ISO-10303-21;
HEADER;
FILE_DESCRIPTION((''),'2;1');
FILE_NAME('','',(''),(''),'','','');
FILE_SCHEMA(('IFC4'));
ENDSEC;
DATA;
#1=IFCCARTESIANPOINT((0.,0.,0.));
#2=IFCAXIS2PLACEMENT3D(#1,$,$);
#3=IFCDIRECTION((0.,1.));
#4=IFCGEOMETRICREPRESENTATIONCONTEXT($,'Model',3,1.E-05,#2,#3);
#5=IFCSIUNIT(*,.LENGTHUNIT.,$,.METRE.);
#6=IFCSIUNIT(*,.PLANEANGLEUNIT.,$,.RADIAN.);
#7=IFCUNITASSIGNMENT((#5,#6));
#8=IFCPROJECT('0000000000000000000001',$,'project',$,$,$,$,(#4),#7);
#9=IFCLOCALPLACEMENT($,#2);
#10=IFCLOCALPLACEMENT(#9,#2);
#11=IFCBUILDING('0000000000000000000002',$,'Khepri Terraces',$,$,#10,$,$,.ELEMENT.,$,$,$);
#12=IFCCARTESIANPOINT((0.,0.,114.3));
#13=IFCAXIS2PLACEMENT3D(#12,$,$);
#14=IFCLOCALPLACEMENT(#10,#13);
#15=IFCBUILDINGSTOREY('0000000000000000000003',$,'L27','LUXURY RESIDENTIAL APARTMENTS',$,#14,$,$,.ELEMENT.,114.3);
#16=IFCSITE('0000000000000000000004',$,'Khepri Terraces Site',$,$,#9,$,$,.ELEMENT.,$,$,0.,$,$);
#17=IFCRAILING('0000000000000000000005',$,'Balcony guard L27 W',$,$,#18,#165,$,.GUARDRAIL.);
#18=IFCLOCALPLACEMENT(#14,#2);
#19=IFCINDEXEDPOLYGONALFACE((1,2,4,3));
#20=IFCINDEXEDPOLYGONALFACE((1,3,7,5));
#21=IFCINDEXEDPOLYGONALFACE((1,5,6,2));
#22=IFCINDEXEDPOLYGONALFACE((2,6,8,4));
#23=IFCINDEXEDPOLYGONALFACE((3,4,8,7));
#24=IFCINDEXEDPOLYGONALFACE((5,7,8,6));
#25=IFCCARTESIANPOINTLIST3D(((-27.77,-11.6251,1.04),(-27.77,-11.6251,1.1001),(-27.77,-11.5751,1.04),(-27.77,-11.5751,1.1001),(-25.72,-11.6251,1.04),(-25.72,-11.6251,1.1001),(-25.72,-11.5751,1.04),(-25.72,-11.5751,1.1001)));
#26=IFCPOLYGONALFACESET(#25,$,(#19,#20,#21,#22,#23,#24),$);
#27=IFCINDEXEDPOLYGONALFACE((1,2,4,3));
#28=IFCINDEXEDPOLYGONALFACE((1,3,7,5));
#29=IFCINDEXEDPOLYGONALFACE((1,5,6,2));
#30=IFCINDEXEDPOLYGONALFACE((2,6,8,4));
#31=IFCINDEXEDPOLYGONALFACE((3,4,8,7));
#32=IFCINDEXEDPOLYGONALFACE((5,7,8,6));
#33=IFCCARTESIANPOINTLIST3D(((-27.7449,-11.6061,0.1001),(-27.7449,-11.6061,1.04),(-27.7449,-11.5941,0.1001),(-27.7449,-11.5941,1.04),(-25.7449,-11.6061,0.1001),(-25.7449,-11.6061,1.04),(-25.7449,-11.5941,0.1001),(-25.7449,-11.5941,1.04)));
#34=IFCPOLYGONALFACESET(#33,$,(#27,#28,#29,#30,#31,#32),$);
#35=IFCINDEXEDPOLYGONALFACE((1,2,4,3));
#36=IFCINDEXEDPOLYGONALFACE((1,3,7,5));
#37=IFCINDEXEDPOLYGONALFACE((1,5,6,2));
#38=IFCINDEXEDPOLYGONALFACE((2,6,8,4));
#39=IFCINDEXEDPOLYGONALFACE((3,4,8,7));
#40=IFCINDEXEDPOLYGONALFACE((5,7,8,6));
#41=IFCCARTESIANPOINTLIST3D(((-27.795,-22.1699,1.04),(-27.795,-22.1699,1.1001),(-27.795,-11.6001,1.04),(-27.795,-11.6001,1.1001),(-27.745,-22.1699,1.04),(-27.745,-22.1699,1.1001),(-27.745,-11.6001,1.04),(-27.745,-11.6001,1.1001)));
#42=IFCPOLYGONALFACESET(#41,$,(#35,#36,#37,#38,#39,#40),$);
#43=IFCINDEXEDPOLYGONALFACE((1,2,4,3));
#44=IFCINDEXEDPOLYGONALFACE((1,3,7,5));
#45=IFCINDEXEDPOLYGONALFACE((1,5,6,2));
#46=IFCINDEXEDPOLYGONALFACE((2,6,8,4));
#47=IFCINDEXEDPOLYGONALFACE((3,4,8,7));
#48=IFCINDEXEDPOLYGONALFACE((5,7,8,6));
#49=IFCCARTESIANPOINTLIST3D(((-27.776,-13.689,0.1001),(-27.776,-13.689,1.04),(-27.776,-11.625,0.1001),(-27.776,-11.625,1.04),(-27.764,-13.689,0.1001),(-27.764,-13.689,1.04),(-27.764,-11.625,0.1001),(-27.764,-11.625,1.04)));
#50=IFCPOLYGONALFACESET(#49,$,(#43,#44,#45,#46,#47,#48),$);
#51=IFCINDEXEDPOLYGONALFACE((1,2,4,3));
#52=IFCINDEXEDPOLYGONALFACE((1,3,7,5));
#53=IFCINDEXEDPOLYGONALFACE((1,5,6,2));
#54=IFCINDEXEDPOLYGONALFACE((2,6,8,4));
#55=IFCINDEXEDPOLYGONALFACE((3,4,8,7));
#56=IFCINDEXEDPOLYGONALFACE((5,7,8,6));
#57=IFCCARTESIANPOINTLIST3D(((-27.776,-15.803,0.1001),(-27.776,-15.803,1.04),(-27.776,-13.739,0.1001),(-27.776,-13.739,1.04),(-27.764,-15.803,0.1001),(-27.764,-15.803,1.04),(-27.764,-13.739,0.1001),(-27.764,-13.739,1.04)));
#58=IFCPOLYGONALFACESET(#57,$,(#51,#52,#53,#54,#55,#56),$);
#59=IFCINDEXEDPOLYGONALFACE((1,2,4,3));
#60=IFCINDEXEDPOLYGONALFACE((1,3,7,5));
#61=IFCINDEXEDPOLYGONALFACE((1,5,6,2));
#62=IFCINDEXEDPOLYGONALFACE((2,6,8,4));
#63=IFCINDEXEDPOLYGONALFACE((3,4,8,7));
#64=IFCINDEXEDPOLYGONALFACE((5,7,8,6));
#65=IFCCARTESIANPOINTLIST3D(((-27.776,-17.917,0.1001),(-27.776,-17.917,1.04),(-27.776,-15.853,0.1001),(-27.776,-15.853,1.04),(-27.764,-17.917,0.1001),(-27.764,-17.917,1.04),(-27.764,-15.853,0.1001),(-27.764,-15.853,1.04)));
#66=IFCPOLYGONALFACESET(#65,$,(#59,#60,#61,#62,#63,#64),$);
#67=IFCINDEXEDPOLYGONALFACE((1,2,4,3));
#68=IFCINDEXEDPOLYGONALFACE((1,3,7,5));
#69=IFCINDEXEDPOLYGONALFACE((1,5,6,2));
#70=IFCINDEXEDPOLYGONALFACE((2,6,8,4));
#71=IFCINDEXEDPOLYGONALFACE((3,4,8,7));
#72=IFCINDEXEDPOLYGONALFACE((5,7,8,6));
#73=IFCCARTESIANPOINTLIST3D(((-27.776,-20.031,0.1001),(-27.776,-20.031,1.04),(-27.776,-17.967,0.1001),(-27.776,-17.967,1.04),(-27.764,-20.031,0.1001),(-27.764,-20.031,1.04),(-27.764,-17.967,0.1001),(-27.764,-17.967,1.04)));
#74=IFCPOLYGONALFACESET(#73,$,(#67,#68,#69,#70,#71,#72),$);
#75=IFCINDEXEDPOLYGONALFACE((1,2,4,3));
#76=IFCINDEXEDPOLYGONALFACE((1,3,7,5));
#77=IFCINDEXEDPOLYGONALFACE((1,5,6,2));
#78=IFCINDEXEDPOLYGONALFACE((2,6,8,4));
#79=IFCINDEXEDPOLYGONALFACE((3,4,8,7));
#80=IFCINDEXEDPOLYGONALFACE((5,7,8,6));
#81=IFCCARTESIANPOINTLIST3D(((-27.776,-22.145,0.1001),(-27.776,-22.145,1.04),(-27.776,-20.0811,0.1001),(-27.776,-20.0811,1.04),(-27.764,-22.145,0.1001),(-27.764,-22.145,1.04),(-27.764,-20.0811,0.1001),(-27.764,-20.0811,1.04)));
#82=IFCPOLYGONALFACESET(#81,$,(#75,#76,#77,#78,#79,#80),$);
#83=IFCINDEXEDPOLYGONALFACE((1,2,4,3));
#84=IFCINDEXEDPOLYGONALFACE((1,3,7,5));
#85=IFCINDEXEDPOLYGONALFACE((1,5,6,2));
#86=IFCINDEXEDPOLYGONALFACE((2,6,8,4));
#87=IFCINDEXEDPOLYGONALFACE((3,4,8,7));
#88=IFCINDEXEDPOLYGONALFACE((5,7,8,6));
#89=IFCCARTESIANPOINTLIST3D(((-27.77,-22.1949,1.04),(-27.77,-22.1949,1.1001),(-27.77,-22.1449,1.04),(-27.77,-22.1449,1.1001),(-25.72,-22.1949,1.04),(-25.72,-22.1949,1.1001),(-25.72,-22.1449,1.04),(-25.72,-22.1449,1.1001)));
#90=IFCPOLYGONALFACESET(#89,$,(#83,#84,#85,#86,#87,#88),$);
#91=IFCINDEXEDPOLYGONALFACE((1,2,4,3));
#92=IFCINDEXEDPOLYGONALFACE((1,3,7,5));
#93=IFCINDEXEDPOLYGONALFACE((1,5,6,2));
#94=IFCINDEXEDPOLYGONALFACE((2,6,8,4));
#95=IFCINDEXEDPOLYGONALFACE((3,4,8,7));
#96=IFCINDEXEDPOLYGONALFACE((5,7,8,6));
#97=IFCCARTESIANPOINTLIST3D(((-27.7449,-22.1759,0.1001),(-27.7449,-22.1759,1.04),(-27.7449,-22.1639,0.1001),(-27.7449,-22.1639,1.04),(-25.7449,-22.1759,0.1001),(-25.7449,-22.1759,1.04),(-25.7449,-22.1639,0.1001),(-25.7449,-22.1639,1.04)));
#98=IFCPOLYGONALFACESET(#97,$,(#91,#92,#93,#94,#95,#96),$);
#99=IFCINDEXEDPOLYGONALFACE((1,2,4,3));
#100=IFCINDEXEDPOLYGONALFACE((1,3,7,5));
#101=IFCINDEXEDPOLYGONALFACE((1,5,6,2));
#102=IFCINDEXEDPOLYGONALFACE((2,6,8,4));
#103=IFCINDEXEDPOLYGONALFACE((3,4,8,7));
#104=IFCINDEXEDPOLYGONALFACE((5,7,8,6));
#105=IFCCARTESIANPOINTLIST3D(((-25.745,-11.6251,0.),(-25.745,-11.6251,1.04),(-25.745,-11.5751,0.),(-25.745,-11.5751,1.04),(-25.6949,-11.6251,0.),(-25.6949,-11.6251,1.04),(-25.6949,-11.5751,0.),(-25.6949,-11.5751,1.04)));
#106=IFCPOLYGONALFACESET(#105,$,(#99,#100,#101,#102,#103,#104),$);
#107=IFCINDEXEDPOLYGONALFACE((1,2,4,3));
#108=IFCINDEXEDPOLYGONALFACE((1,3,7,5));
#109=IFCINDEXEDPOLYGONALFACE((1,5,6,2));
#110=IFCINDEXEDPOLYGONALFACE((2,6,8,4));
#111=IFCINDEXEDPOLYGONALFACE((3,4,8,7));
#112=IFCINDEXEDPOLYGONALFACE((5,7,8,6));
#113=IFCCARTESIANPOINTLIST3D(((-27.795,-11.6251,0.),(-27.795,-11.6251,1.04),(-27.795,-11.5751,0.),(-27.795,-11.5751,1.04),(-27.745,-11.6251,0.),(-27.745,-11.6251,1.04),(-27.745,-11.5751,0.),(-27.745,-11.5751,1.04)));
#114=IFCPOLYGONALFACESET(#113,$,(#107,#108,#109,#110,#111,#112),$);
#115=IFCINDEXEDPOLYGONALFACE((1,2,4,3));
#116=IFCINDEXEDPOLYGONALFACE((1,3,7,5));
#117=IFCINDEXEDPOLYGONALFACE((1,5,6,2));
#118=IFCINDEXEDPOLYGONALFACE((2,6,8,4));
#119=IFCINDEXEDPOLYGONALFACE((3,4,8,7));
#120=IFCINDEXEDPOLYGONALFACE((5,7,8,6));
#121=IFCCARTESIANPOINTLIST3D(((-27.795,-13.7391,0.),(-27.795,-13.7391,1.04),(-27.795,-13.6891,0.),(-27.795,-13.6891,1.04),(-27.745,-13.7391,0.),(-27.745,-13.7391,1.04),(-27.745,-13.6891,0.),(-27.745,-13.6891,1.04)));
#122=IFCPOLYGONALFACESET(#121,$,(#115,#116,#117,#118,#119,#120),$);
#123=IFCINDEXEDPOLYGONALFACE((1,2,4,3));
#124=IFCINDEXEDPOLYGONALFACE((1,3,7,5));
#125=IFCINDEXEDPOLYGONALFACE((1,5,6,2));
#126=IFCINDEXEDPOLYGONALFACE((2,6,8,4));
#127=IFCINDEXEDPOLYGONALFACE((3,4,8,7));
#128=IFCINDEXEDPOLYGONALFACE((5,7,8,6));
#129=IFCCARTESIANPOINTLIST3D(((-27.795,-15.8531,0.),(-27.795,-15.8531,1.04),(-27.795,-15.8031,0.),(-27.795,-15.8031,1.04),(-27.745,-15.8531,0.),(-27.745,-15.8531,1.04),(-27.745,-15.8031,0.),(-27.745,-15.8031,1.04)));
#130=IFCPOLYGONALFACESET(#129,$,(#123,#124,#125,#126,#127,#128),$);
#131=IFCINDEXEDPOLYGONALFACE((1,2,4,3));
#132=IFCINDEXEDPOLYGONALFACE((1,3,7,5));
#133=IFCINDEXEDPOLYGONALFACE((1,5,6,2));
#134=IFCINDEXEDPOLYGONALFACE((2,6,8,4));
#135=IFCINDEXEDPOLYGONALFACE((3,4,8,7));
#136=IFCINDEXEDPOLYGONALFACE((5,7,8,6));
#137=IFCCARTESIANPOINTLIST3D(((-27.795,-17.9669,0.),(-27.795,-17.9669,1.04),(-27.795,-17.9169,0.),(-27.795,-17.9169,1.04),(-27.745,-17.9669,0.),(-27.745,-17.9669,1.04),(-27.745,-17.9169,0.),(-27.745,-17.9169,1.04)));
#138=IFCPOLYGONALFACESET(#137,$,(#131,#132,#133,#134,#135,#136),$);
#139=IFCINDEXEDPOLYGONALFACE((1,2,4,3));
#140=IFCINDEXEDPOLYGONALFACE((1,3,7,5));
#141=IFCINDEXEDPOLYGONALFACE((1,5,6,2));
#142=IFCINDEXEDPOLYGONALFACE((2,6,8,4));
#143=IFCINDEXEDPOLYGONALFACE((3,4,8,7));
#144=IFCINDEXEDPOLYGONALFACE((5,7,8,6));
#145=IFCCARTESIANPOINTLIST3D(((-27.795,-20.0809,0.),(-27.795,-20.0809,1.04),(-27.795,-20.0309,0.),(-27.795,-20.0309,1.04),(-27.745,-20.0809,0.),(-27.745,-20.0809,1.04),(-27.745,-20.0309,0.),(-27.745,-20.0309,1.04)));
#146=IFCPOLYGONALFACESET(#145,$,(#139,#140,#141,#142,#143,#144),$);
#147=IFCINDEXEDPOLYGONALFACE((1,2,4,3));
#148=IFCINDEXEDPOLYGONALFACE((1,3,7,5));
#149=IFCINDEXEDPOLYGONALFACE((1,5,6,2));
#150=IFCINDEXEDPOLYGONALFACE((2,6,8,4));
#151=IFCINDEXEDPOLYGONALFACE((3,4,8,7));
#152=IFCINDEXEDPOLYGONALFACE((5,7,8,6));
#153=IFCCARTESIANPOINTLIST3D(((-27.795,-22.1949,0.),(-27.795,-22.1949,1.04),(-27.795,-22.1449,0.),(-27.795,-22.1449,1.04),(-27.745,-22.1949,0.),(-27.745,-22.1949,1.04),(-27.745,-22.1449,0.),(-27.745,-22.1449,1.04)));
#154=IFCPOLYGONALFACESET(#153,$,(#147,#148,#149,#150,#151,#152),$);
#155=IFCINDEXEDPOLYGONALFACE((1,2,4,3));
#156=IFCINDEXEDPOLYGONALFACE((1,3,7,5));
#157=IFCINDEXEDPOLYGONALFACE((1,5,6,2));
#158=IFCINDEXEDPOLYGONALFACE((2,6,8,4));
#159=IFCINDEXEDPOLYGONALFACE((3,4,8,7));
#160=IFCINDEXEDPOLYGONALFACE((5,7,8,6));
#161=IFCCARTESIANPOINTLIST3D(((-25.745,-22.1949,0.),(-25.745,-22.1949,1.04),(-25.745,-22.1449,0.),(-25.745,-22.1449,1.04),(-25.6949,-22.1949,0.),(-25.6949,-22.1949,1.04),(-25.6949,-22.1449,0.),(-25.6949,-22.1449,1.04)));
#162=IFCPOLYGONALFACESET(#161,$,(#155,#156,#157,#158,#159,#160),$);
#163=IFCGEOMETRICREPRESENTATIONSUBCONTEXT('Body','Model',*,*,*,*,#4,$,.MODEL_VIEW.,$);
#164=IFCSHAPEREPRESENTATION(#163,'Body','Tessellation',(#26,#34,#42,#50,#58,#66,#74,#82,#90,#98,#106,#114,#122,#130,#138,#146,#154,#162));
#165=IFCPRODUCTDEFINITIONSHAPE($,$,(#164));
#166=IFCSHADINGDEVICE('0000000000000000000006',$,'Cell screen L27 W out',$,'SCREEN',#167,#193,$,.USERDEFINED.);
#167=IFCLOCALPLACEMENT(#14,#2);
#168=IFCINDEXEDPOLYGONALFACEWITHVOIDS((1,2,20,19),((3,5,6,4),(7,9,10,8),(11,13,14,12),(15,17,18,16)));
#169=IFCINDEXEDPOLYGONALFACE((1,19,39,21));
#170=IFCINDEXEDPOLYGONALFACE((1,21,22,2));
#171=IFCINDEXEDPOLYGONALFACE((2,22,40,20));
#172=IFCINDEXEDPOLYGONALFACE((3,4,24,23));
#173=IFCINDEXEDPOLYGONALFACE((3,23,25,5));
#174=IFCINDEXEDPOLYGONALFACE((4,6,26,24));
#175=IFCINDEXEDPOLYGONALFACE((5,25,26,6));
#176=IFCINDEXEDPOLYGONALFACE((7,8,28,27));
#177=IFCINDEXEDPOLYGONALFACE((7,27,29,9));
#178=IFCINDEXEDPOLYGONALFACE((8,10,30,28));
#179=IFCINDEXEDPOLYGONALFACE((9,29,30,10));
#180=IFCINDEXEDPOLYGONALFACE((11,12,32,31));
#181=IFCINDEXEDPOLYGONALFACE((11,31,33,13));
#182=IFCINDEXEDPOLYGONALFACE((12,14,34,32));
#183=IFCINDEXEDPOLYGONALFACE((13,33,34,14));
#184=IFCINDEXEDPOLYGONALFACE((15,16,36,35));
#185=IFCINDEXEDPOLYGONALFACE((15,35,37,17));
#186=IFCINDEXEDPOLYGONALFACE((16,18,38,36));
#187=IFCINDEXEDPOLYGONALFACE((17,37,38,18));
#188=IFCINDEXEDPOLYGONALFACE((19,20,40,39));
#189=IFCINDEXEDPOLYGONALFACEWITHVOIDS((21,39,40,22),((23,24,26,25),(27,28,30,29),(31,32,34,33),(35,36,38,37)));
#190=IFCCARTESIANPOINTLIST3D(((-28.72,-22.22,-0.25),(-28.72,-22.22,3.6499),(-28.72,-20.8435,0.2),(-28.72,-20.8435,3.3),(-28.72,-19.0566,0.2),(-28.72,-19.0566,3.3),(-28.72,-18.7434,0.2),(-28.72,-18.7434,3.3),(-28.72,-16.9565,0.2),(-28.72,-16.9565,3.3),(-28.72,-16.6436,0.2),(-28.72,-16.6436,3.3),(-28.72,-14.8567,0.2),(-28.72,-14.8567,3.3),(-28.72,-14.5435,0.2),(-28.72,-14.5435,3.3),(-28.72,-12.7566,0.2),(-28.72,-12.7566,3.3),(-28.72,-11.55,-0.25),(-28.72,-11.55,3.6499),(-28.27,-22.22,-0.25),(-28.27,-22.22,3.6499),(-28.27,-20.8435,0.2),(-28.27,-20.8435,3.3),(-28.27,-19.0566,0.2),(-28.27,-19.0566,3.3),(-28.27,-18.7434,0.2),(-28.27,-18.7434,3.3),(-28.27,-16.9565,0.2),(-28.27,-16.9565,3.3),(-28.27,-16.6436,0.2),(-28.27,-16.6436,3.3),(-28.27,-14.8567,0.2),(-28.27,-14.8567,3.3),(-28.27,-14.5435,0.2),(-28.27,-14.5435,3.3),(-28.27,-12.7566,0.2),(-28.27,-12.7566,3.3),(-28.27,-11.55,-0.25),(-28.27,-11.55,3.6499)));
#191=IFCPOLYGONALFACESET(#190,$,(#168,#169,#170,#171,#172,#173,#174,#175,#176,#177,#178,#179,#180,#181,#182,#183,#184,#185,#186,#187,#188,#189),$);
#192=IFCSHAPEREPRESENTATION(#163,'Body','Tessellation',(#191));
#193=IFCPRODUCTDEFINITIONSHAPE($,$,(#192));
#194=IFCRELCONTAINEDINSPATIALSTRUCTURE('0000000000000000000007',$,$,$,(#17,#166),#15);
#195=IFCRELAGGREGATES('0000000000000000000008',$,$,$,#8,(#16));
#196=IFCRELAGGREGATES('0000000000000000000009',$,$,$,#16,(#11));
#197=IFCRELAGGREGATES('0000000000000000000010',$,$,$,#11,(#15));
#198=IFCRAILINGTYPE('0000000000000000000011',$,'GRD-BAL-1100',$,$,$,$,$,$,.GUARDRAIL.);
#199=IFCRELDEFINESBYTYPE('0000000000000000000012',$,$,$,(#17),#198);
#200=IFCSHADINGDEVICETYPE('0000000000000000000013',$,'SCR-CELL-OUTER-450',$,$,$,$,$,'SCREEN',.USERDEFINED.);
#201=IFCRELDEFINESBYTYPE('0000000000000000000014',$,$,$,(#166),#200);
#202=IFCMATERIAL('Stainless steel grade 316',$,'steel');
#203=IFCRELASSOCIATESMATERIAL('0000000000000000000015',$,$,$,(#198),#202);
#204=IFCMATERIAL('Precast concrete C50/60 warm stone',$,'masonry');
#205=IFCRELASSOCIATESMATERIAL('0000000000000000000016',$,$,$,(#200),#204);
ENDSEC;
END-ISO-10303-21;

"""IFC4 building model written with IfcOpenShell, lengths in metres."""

from ifc_helpers import new_model, si_unit, direction, frame, origin, origin_2d, place, context, subcontext, project, spatial, polyline, rectangle, outline, extrude, material, type_object, element, save


model = new_model("IFC4")

# Units and contexts
model_context = context("Model", 3, precision=1e-05, world=origin(), true_north=direction((0.0, 1.0)))
body_context = subcontext(model_context, "Body", "Model", "MODEL_VIEW")
ifc_project = project(units=[si_unit("LENGTHUNIT", "METRE"), si_unit("PLANEANGLEUNIT", "RADIAN")], contexts=[model_context])

# Site, building, storey
site_placement = place(None, origin())
site = spatial("IfcSite", under=ifc_project, at=site_placement, Name="Khepri Terraces Site", CompositionType="ELEMENT", RefElevation=0.0)
building_placement = place(site_placement, origin())
building = spatial("IfcBuilding", under=site, at=building_placement, Name="Khepri Terraces", CompositionType="ELEMENT")
storey_placement = place(building_placement, frame((0.0, 0.0, 114.3)))
storey = spatial("IfcBuildingStorey", under=building, at=storey_placement, Name="L27", Description="LUXURY RESIDENTIAL APARTMENTS", CompositionType="ELEMENT", Elevation=114.3)

# Shared definitions
ifc_material_1 = material(Name="Precast concrete C50/60 warm stone", Category="masonry")

# Railing
ifc_material_2 = material(Name="Stainless steel grade 316", Category="steel")
railing_type = type_object("IfcRailingType", Name="GRD-BAL-1100", PredefinedType="GUARDRAIL", material=ifc_material_2)
railing_placement = place(storey_placement, frame((-25.72, -11.6001, 0.0)))
element("IfcRailing", 1, at=railing_placement, inside=storey, type_object=railing_type, Name="Balcony guard L27 W", PredefinedType="GUARDRAIL", context=body_context, shape_type="SweptSolid", body=[
    extrude(rectangle(XDim=0.05, YDim=0.0601, at=origin_2d()), frame((0.0, 0.0, 1.0701), z_axis=(-1.0, 0.0, 0.0), x_axis=(0.0, -1.0, 0.0)), (0.0, 0.0, 1.0), 2.05),
    extrude(rectangle(XDim=2.0, YDim=0.012, at=origin_2d()), frame((-1.0249, 0.0, 0.1001), z_axis=(0.0, 0.0, 1.0), x_axis=(-1.0, 0.0, 0.0)), (0.0, 0.0, 1.0), 0.9399),
    extrude(rectangle(XDim=0.05, YDim=0.0601, at=origin_2d()), frame((-2.05, 0.0, 1.0701), z_axis=(0.0, -1.0, 0.0), x_axis=(1.0, 0.0, 0.0)), (0.0, 0.0, 1.0), 10.5698),
    extrude(rectangle(XDim=2.064, YDim=0.012, at=origin_2d()), frame((-2.05, -1.0569, 0.1001), z_axis=(0.0, 0.0, 1.0), x_axis=(0.0, -1.0, 0.0)), (0.0, 0.0, 1.0), 0.9399),
    extrude(rectangle(XDim=2.064, YDim=0.012, at=origin_2d()), frame((-2.05, -3.1709, 0.1001), z_axis=(0.0, 0.0, 1.0), x_axis=(0.0, -1.0, 0.0)), (0.0, 0.0, 1.0), 0.9399),
    extrude(rectangle(XDim=2.064, YDim=0.012, at=origin_2d()), frame((-2.05, -5.2849, 0.1001), z_axis=(0.0, 0.0, 1.0), x_axis=(0.0, -1.0, 0.0)), (0.0, 0.0, 1.0), 0.9399),
    extrude(rectangle(XDim=2.064, YDim=0.012, at=origin_2d()), frame((-2.05, -7.3989, 0.1001), z_axis=(0.0, 0.0, 1.0), x_axis=(0.0, -1.0, 0.0)), (0.0, 0.0, 1.0), 0.9399),
    extrude(rectangle(XDim=2.064, YDim=0.012, at=origin_2d()), frame((-2.05, -9.5129, 0.1001), z_axis=(0.0, 0.0, 1.0), x_axis=(0.0, -1.0, 0.0)), (0.0, 0.0, 1.0), 0.9399),
    extrude(rectangle(XDim=0.05, YDim=0.0601, at=origin_2d()), frame((-2.05, -10.5698, 1.0701), z_axis=(1.0, 0.0, 0.0), x_axis=(0.0, 1.0, 0.0)), (0.0, 0.0, 1.0), 2.05),
    extrude(rectangle(XDim=2.0, YDim=0.012, at=origin_2d()), frame((-1.0249, -10.5698, 0.1001), z_axis=(0.0, 0.0, 1.0), x_axis=(1.0, 0.0, 0.0)), (0.0, 0.0, 1.0), 0.9399),
    extrude(rectangle(XDim=0.05, YDim=0.05, at=origin_2d()), origin(), (0.0, 0.0, 1.0), 1.04),
    extrude(rectangle(XDim=0.05, YDim=0.05, at=origin_2d()), frame((-2.05, 0.0, 0.0)), (0.0, 0.0, 1.0), 1.04),
    extrude(rectangle(XDim=0.05, YDim=0.05, at=origin_2d()), frame((-2.05, -2.114, 0.0)), (0.0, 0.0, 1.0), 1.04),
    extrude(rectangle(XDim=0.05, YDim=0.05, at=origin_2d()), frame((-2.05, -4.228, 0.0)), (0.0, 0.0, 1.0), 1.04),
    extrude(rectangle(XDim=0.05, YDim=0.05, at=origin_2d()), frame((-2.05, -6.3418, 0.0)), (0.0, 0.0, 1.0), 1.04),
    extrude(rectangle(XDim=0.05, YDim=0.05, at=origin_2d()), frame((-2.05, -8.4558, 0.0)), (0.0, 0.0, 1.0), 1.04),
    extrude(rectangle(XDim=0.05, YDim=0.05, at=origin_2d()), frame((-2.05, -10.5698, 0.0)), (0.0, 0.0, 1.0), 1.04),
    extrude(rectangle(XDim=0.05, YDim=0.05, at=origin_2d()), frame((0.0, -10.5698, 0.0)), (0.0, 0.0, 1.0), 1.04),
])

# Shading device
shading_device_type = type_object("IfcShadingDeviceType", Name="SCR-CELL-OUTER-450", ElementType="SCREEN", PredefinedType="USERDEFINED", material=ifc_material_1)
shading_device_placement = place(storey_placement, frame((-28.27, -11.55, -0.25), z_axis=(-1.0, 0.0, 0.0), x_axis=(0.0, -1.0, 0.0)))
element("IfcShadingDevice", 2, at=shading_device_placement, inside=storey, type_object=shading_device_type, Name="Cell screen L27 W out", ObjectType="SCREEN", PredefinedType="USERDEFINED", context=body_context, shape_type="SweptSolid", body=[
    extrude(outline(polyline([(0.0, 0.0), (10.6699, 0.0), (10.6699, 3.8999), (0.0, 3.8999), (0.0, 0.0)]), holes=[polyline([(1.2065, 0.45), (2.9934, 0.45), (2.9934, 3.55), (1.2065, 3.55), (1.2065, 0.45)]), polyline([(3.3066, 0.45), (5.0935, 0.45), (5.0935, 3.55), (3.3066, 3.55), (3.3066, 0.45)]), polyline([(5.4065, 0.45), (7.1934, 0.45), (7.1934, 3.55), (5.4065, 3.55), (5.4065, 0.45)]), polyline([(7.5066, 0.45), (9.2935, 0.45), (9.2935, 3.55), (7.5066, 3.55), (7.5066, 0.45)])]), origin(), (0.0, 0.0, 1.0), 0.45),
])

save(model, "model.ifc")
